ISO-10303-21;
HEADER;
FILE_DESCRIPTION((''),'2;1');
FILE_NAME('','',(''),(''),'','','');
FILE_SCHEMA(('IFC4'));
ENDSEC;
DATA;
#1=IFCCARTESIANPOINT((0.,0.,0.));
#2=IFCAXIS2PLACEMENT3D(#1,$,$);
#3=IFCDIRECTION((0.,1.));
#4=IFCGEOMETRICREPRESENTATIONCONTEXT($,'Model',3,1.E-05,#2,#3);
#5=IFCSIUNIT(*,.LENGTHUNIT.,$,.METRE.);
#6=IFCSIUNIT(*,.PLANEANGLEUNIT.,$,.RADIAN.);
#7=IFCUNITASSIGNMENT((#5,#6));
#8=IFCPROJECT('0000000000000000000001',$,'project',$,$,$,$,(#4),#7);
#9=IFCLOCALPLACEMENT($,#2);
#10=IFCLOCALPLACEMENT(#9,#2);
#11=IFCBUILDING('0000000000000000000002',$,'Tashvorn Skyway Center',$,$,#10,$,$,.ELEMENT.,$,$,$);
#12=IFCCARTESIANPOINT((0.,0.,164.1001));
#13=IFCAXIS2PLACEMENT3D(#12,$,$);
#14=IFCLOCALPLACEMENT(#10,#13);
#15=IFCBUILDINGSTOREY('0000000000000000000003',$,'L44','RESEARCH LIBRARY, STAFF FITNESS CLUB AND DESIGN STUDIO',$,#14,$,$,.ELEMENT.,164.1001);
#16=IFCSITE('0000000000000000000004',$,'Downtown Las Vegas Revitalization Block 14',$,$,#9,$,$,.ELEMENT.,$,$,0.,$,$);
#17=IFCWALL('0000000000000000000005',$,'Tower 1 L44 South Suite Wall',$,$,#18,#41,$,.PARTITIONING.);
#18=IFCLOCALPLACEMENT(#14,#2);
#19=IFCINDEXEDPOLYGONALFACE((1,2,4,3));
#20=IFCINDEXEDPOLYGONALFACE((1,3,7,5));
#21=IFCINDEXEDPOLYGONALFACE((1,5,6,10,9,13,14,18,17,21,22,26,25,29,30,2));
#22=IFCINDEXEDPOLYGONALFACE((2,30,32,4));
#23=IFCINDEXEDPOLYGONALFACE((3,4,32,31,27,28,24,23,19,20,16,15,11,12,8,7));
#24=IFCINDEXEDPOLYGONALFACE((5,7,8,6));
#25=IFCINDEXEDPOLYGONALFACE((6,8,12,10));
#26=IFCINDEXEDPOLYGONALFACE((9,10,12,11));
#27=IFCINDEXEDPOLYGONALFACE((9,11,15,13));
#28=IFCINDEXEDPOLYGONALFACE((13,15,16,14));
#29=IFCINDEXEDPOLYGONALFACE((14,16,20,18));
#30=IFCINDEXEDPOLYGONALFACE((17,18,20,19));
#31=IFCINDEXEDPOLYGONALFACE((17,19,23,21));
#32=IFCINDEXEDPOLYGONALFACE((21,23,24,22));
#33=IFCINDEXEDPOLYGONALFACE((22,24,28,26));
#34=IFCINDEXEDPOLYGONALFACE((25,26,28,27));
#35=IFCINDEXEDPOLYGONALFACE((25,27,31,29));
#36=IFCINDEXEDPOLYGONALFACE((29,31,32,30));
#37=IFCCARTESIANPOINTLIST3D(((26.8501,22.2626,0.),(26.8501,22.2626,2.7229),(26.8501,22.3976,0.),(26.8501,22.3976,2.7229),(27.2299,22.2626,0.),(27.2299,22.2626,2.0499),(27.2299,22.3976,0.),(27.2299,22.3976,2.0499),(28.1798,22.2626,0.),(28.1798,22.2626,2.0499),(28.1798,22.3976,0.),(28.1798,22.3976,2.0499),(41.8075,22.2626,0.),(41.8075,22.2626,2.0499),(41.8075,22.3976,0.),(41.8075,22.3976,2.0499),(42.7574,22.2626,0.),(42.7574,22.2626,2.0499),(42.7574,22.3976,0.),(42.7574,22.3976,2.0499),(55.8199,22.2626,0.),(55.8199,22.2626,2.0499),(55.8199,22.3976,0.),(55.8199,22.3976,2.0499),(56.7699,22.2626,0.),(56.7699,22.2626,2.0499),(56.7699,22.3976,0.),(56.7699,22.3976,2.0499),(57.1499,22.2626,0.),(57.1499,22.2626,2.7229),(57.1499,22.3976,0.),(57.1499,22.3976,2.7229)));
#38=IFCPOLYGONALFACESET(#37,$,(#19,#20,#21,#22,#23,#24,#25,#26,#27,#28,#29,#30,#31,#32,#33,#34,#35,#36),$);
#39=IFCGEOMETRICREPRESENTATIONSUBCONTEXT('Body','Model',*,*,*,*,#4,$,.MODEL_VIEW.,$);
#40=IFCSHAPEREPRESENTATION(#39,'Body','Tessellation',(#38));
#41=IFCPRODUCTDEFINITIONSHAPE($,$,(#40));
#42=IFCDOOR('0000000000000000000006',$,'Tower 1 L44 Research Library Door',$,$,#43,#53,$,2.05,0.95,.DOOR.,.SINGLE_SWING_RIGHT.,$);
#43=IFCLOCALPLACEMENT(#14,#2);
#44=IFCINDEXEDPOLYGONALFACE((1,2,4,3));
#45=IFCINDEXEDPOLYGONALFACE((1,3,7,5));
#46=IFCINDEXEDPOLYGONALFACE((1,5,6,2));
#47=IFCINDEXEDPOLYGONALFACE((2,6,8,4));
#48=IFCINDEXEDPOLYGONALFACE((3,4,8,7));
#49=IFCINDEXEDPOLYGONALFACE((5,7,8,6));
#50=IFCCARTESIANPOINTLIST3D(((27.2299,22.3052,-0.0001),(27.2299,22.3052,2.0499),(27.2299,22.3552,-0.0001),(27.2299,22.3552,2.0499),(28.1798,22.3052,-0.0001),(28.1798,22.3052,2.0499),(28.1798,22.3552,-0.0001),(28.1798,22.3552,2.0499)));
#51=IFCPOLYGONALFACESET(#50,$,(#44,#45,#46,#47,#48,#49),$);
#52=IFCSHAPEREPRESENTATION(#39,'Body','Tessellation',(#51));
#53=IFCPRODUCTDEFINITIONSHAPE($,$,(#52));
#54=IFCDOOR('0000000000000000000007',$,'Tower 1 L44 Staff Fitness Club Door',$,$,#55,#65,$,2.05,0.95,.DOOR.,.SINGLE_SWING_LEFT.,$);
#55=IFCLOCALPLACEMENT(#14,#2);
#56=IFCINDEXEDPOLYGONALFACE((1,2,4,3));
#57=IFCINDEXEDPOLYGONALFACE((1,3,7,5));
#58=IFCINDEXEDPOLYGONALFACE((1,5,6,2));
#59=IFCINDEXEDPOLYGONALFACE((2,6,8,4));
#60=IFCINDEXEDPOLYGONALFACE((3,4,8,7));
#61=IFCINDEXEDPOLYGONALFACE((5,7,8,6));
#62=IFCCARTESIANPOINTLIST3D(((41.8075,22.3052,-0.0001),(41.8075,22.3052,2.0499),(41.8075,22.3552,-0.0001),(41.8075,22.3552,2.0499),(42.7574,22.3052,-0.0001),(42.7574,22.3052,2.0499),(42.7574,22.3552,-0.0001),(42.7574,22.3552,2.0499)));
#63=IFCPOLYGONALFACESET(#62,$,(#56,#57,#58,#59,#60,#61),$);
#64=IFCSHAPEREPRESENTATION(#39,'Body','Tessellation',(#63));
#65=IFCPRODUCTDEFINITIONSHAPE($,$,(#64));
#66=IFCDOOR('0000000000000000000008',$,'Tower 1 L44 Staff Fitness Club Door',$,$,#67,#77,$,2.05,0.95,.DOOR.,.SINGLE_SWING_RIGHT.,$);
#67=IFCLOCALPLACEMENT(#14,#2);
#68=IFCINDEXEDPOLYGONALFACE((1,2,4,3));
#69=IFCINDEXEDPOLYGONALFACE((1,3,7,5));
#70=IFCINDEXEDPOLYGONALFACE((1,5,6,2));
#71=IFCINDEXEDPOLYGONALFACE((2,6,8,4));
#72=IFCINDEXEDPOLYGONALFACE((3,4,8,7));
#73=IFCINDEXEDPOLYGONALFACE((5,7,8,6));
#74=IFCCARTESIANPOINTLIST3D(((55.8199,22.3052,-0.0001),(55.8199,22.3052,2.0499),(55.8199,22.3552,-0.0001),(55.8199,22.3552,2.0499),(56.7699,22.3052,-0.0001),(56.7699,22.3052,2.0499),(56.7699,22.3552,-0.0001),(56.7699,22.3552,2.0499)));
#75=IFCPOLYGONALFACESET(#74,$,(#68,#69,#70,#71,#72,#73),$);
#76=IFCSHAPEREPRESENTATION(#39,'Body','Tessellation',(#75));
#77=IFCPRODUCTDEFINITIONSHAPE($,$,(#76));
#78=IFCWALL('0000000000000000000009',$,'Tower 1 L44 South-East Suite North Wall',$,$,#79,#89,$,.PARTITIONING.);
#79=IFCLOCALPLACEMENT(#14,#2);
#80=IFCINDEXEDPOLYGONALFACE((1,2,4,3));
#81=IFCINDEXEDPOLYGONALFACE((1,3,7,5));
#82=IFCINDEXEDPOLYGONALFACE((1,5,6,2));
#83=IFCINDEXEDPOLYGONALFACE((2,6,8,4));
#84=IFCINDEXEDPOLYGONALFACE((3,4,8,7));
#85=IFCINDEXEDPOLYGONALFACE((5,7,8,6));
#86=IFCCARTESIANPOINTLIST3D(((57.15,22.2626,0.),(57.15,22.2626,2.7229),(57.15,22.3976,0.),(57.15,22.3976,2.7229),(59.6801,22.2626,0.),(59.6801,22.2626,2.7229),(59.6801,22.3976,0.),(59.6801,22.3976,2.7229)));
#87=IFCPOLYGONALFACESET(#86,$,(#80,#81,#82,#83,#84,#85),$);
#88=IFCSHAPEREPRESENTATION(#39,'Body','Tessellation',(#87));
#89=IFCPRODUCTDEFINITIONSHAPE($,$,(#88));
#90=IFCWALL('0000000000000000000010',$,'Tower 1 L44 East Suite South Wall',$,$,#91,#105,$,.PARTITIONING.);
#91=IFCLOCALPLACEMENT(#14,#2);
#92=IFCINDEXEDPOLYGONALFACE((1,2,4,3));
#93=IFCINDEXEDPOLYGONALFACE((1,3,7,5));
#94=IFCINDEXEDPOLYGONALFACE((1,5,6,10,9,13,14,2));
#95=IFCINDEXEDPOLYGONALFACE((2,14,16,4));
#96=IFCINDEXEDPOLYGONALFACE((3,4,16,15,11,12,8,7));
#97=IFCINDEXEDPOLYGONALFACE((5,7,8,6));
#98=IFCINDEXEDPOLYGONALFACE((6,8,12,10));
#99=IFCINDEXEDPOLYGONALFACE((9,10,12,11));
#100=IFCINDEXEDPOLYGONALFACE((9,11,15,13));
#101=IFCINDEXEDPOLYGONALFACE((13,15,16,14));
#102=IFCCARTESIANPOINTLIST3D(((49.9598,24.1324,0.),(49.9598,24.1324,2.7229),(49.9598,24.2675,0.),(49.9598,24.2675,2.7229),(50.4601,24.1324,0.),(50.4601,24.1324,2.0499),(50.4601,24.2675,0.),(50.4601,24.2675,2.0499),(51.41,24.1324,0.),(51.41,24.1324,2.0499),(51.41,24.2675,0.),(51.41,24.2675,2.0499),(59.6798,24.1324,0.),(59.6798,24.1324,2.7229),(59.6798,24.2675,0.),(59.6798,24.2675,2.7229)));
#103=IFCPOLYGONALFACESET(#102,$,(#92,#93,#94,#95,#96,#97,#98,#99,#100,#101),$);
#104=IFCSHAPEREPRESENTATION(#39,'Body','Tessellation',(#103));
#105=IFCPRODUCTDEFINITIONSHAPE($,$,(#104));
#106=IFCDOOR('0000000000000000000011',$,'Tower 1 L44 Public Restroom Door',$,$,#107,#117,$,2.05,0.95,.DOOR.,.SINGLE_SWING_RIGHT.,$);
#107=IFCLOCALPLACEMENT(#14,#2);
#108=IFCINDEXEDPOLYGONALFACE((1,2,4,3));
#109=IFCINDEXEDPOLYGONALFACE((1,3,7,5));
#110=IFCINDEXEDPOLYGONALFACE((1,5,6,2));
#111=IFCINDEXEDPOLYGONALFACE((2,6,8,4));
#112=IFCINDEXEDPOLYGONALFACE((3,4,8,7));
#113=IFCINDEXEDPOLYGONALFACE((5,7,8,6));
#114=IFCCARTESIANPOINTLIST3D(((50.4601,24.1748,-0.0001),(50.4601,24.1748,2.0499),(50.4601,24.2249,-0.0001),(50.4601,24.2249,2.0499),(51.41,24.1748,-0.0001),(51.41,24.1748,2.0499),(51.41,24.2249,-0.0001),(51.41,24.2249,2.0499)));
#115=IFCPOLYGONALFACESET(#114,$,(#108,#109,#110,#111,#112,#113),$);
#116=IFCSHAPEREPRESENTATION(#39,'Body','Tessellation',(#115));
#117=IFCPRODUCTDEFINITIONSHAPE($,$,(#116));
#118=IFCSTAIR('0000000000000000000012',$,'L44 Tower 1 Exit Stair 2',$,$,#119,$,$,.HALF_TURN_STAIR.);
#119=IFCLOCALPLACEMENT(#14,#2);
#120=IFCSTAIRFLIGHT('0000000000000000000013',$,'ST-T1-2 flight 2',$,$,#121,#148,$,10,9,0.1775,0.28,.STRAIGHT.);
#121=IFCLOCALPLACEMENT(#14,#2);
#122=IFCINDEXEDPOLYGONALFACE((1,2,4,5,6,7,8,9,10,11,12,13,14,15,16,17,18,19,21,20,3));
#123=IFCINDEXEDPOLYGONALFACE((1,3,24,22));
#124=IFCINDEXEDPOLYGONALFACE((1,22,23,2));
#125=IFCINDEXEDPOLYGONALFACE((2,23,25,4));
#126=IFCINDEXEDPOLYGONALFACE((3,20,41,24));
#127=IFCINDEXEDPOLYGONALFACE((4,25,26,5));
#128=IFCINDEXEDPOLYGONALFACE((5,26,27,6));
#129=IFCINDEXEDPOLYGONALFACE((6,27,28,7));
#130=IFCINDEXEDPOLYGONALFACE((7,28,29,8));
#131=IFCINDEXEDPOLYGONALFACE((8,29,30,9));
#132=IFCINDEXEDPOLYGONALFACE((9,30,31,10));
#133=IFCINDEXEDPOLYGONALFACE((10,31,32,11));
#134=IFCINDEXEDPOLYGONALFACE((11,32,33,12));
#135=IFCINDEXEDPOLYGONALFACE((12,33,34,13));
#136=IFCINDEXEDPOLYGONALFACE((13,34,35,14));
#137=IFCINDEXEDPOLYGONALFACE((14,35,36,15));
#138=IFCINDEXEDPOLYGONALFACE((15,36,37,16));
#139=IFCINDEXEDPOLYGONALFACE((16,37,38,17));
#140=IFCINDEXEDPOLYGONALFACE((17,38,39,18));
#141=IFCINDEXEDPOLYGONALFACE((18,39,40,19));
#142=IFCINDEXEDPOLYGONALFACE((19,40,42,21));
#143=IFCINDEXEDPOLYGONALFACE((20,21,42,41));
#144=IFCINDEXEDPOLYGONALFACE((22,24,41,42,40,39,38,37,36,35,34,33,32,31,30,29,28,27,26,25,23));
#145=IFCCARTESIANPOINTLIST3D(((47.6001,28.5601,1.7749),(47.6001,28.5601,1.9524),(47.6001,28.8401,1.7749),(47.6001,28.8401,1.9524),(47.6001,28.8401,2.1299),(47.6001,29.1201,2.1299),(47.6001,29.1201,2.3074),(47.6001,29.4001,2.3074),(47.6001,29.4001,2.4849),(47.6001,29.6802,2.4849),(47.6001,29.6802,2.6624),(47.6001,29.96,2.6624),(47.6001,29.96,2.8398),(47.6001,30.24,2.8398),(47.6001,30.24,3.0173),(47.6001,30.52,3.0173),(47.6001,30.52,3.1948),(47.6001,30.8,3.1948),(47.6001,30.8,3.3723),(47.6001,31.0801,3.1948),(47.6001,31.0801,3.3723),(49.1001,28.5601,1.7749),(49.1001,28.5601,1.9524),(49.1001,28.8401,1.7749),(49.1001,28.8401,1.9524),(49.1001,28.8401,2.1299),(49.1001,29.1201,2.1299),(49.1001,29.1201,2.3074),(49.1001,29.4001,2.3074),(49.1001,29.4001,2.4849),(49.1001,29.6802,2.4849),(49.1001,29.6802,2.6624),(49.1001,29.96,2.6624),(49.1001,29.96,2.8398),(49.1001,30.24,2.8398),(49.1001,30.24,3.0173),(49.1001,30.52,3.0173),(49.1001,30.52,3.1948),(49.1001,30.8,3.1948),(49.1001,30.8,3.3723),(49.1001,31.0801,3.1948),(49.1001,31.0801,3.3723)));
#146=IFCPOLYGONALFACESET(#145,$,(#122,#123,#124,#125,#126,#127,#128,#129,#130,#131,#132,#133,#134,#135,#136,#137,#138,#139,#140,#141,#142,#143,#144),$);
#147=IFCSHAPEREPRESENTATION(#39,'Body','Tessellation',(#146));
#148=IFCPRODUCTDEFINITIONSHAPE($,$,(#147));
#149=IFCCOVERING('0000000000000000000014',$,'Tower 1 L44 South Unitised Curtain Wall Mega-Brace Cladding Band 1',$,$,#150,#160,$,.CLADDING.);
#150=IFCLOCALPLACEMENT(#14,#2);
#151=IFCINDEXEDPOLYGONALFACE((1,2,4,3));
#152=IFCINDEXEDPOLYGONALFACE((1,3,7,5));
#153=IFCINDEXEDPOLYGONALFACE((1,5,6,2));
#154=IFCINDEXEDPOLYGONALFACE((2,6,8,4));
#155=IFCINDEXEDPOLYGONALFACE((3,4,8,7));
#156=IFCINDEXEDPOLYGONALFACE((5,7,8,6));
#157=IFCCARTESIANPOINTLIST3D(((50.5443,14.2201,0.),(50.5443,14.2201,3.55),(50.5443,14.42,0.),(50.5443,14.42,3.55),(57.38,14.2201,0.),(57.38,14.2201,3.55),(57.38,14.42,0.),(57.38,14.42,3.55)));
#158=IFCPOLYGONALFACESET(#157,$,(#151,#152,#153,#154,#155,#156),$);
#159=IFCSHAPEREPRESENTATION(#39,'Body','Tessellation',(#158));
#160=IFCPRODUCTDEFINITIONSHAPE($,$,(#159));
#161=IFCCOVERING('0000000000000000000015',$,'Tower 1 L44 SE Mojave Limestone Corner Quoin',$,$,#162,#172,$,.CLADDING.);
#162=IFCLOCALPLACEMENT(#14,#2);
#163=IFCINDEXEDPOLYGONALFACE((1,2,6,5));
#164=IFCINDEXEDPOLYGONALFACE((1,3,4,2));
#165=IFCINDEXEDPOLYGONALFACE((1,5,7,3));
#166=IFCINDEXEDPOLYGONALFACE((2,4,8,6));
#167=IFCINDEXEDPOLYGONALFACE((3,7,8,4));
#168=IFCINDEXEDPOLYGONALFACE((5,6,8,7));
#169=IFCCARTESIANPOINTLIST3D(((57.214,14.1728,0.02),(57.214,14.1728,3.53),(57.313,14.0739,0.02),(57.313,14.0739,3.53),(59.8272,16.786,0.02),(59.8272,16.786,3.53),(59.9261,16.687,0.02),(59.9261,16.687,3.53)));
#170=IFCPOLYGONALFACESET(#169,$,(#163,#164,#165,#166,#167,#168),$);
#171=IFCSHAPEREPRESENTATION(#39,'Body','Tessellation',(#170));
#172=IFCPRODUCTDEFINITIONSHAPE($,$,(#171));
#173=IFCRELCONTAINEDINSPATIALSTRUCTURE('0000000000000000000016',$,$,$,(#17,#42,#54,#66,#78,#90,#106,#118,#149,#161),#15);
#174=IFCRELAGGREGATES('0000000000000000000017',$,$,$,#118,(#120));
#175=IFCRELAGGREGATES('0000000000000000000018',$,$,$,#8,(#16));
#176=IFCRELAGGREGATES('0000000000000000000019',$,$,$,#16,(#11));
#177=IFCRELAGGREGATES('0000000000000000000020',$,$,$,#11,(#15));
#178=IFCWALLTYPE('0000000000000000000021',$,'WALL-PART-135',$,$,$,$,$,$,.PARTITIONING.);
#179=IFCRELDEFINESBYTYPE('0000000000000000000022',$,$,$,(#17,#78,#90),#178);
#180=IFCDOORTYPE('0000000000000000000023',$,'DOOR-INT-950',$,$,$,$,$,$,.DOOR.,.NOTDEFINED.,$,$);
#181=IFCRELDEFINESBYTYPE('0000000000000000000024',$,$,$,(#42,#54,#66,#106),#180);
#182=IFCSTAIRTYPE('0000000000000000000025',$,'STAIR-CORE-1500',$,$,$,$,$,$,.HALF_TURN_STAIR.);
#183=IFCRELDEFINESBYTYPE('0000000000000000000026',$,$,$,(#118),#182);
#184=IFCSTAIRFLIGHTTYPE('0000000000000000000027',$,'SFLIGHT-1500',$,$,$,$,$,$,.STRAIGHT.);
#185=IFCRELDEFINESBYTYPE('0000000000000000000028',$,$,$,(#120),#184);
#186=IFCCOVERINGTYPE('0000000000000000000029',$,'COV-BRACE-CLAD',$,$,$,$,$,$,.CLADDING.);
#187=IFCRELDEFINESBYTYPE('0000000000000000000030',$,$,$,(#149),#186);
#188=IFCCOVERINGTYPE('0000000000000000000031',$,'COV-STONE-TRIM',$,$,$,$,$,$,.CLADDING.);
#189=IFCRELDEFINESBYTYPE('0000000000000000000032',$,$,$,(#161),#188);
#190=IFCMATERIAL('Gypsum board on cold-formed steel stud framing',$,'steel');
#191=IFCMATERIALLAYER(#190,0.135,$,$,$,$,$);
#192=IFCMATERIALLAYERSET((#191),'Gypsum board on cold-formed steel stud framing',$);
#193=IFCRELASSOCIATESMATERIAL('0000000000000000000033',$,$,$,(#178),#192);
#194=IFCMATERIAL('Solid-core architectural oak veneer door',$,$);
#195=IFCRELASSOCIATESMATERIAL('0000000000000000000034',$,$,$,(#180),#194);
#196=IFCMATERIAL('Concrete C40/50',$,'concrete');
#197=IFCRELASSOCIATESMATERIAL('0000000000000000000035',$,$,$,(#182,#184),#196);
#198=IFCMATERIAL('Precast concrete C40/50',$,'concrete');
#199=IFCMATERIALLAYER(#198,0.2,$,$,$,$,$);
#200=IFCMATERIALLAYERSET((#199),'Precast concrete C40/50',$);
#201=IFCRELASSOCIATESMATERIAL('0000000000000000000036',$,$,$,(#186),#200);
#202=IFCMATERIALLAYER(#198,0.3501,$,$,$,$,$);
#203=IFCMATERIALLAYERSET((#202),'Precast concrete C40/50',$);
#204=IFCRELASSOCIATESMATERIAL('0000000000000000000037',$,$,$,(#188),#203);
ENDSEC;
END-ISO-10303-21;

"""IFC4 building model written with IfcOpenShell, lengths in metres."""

from ifc_helpers import new_model, si_unit, direction, frame, frame_2d, origin, origin_2d, place, context, subcontext, project, spatial, polyline, rectangle, outline, extrude, material, layer, layer_set, type_object, element, fill, aggregate, save


model = new_model("IFC4")

# Units and contexts
model_context = context("Model", 3, precision=1e-05, world=origin(), true_north=direction((0.0, 1.0)))
body_context = subcontext(model_context, "Body", "Model", "MODEL_VIEW")
ifc_project = project(units=[si_unit("LENGTHUNIT", "METRE"), si_unit("PLANEANGLEUNIT", "RADIAN")], contexts=[model_context])

# Site, building, storey
site_placement = place(None, origin())
site = spatial("IfcSite", under=ifc_project, at=site_placement, Name="Downtown Las Vegas Revitalization Block 14", CompositionType="ELEMENT", RefElevation=0.0)
building_placement = place(site_placement, origin())
building = spatial("IfcBuilding", under=site, at=building_placement, Name="Tashvorn Skyway Center", CompositionType="ELEMENT")
storey_placement = place(building_placement, frame((0.0, 0.0, 164.1001)))
storey = spatial("IfcBuildingStorey", under=building, at=storey_placement, Name="L44", Description="RESEARCH LIBRARY, STAFF FITNESS CLUB AND DESIGN STUDIO", CompositionType="ELEMENT", Elevation=164.1001)

# Wall, openings, doors
ifc_material_1 = material(Name="Gypsum board on cold-formed steel stud framing", Category="steel")
ifc_layer_1 = layer(ifc_material_1, 0.135)
ifc_layer_set_1 = layer_set([ifc_layer_1], Name="Gypsum board on cold-formed steel stud framing")
wall_type_1 = type_object("IfcWallType", Name="WALL-PART-135", PredefinedType="PARTITIONING", material=ifc_layer_set_1)
wall_1_placement = place(storey_placement, frame((57.1499, 22.3301, 0.0), z_axis=(0.0, 0.0, 1.0), x_axis=(-1.0, 0.0, 0.0)))
wall_1 = element("IfcWall", 1, at=wall_1_placement, inside=storey, type_object=wall_type_1, Name="Tower 1 L44 South Suite Wall", PredefinedType="PARTITIONING", context=body_context, shape_type="SweptSolid", body=[
    extrude(rectangle(XDim=30.2998, YDim=0.135, at=frame_2d((15.1499, 0.0))), origin(), (0.0, 0.0, 1.0), 2.7229),
])
opening_1_placement = place(wall_1_placement, frame((28.97, 0.0, 0.0)))
opening_1 = element("IfcOpeningElement", 2, at=opening_1_placement, cuts=wall_1, PredefinedType="OPENING", context=body_context, shape_type="SweptSolid", body=[
    extrude(rectangle(XDim=0.95, YDim=2.05, at=frame_2d((0.4751, 1.0249))), frame((0.0, 0.0774, 0.0), z_axis=(0.0, -1.0, 0.0), x_axis=(1.0, 0.0, 0.0)), (0.0, 0.0, 1.0), 0.155),
])
opening_2_placement = place(wall_1_placement, frame((14.3923, 0.0, 0.0)))
opening_2 = element("IfcOpeningElement", 3, at=opening_2_placement, cuts=wall_1, PredefinedType="OPENING", context=body_context, shape_type="SweptSolid", body=[
    extrude(rectangle(XDim=0.95, YDim=2.05, at=frame_2d((0.4751, 1.0249))), frame((0.0, 0.0774, 0.0), z_axis=(0.0, -1.0, 0.0), x_axis=(1.0, 0.0, 0.0)), (0.0, 0.0, 1.0), 0.155),
])
opening_3_placement = place(wall_1_placement, frame((0.3799, 0.0, 0.0)))
opening_3 = element("IfcOpeningElement", 4, at=opening_3_placement, cuts=wall_1, PredefinedType="OPENING", context=body_context, shape_type="SweptSolid", body=[
    extrude(rectangle(XDim=0.95, YDim=2.05, at=frame_2d((0.4751, 1.0249))), frame((0.0, 0.0774, 0.0), z_axis=(0.0, -1.0, 0.0), x_axis=(1.0, 0.0, 0.0)), (0.0, 0.0, 1.0), 0.155),
])
ifc_material_2 = material(Name="Solid-core architectural oak veneer door")
door_type_1 = type_object("IfcDoorType", Name="DOOR-INT-950", OperationType="NOTDEFINED", PredefinedType="DOOR", material=ifc_material_2)
door_1_placement = place(opening_1_placement, origin())
door_1 = element("IfcDoor", 5, at=door_1_placement, inside=storey, type_object=door_type_1, Name="Tower 1 L44 Research Library Door", OperationType="SINGLE_SWING_RIGHT", OverallHeight=2.05, OverallWidth=0.95, PredefinedType="DOOR", context=body_context, shape_type="SweptSolid", body=[
    extrude(rectangle(XDim=0.95, YDim=2.05, at=frame_2d((0.4751, 1.0249))), frame((0.0, 0.0249, 0.0), z_axis=(0.0, -1.0, 0.0), x_axis=(1.0, 0.0, 0.0)), (0.0, 0.0, 1.0), 0.05),
])
fill(opening_1, door_1)
door_2_placement = place(opening_2_placement, origin())
door_2 = element("IfcDoor", 6, at=door_2_placement, inside=storey, type_object=door_type_1, Name="Tower 1 L44 Staff Fitness Club Door", OperationType="SINGLE_SWING_LEFT", OverallHeight=2.05, OverallWidth=0.95, PredefinedType="DOOR", context=body_context, shape_type="SweptSolid", body=[
    extrude(rectangle(XDim=0.95, YDim=2.05, at=frame_2d((0.4751, 1.0249))), frame((0.0, 0.0249, 0.0), z_axis=(0.0, -1.0, 0.0), x_axis=(1.0, 0.0, 0.0)), (0.0, 0.0, 1.0), 0.05),
])
fill(opening_2, door_2)
door_3_placement = place(opening_3_placement, origin())
door_3 = element("IfcDoor", 7, at=door_3_placement, inside=storey, type_object=door_type_1, Name="Tower 1 L44 Staff Fitness Club Door", OperationType="SINGLE_SWING_RIGHT", OverallHeight=2.05, OverallWidth=0.95, PredefinedType="DOOR", context=body_context, shape_type="SweptSolid", body=[
    extrude(rectangle(XDim=0.95, YDim=2.05, at=frame_2d((0.4751, 1.0249))), frame((0.0, 0.0249, 0.0), z_axis=(0.0, -1.0, 0.0), x_axis=(1.0, 0.0, 0.0)), (0.0, 0.0, 1.0), 0.05),
])
fill(opening_3, door_3)

# Wall
wall_2_placement = place(storey_placement, frame((57.1499, 22.3301, 0.0), z_axis=(0.0, 0.0, 1.0), x_axis=(1.0, 0.0, 0.0)))
element("IfcWall", 8, at=wall_2_placement, inside=storey, type_object=wall_type_1, Name="Tower 1 L44 South-East Suite North Wall", PredefinedType="PARTITIONING", context=body_context, shape_type="SweptSolid", body=[
    extrude(rectangle(XDim=2.53, YDim=0.135, at=frame_2d((1.2651, 0.0))), origin(), (0.0, 0.0, 1.0), 2.7229),
])

# Wall, opening, door
wall_3_placement = place(storey_placement, frame((49.96, 24.2, 0.0), z_axis=(0.0, 0.0, 1.0), x_axis=(1.0, 0.0, 0.0)))
wall_3 = element("IfcWall", 9, at=wall_3_placement, inside=storey, type_object=wall_type_1, Name="Tower 1 L44 East Suite South Wall", PredefinedType="PARTITIONING", context=body_context, shape_type="SweptSolid", body=[
    extrude(rectangle(XDim=9.72, YDim=0.135, at=frame_2d((4.8599, 0.0))), origin(), (0.0, 0.0, 1.0), 2.7229),
])
opening_4_placement = place(wall_3_placement, frame((0.5, 0.0, 0.0)))
opening_4 = element("IfcOpeningElement", 10, at=opening_4_placement, cuts=wall_3, PredefinedType="OPENING", context=body_context, shape_type="SweptSolid", body=[
    extrude(rectangle(XDim=0.95, YDim=2.05, at=frame_2d((0.4751, 1.0249))), frame((0.0, 0.0774, 0.0), z_axis=(0.0, -1.0, 0.0), x_axis=(1.0, 0.0, 0.0)), (0.0, 0.0, 1.0), 0.155),
])
door_4_placement = place(opening_4_placement, origin())
door_4 = element("IfcDoor", 11, at=door_4_placement, inside=storey, type_object=door_type_1, Name="Tower 1 L44 Public Restroom Door", OperationType="SINGLE_SWING_RIGHT", OverallHeight=2.05, OverallWidth=0.95, PredefinedType="DOOR", context=body_context, shape_type="SweptSolid", body=[
    extrude(rectangle(XDim=0.95, YDim=2.05, at=frame_2d((0.4751, 1.0249))), frame((0.0, 0.0249, 0.0), z_axis=(0.0, -1.0, 0.0), x_axis=(1.0, 0.0, 0.0)), (0.0, 0.0, 1.0), 0.05),
])
fill(opening_4, door_4)

# Stair, stair flight
ifc_material_3 = material(Name="Concrete C40/50", Category="concrete")
stair_type = type_object("IfcStairType", Name="STAIR-CORE-1500", PredefinedType="HALF_TURN_STAIR", material=ifc_material_3)
stair_placement = place(storey_placement, origin())
stair = element("IfcStair", 12, at=stair_placement, inside=storey, type_object=stair_type, Name="L44 Tower 1 Exit Stair 2", PredefinedType="HALF_TURN_STAIR")
stair_flight_type = type_object("IfcStairFlightType", Name="SFLIGHT-1500", PredefinedType="STRAIGHT", material=ifc_material_3)
stair_flight_placement = place(storey_placement, frame((48.3501, 28.5601, 1.7749), z_axis=(0.0, 0.0, 1.0), x_axis=(0.0, 1.0, 0.0)))
stair_flight = element("IfcStairFlight", 13, at=stair_flight_placement, type_object=stair_flight_type, Name="ST-T1-2 flight 2", NumberOfRisers=10, NumberOfTreads=9, PredefinedType="STRAIGHT", RiserHeight=0.1775, TreadLength=0.28, context=body_context, shape_type="SweptSolid", body=[
    extrude(outline(polyline([(0.0, 0.0), (0.0, 0.1775), (0.28, 0.1775), (0.28, 0.355), (0.5601, 0.355), (0.5601, 0.5325), (0.8401, 0.5325), (0.8401, 0.71), (1.1201, 0.71), (1.1201, 0.8875), (1.3999, 0.8875), (1.3999, 1.0649), (1.6799, 1.0649), (1.6799, 1.2424), (1.96, 1.2424), (1.96, 1.4199), (2.24, 1.4199), (2.24, 1.5974), (2.52, 1.5974), (2.52, 1.7749), (2.52, 1.4199), (0.28, 0.0), (0.0, 0.0)])), frame((0.0, 0.75, 0.0), z_axis=(0.0, -1.0, 0.0), x_axis=(1.0, 0.0, 0.0)), (0.0, 0.0, 1.0), 1.5),
])
aggregate(stair, [stair_flight])

# Coverings
ifc_material_4 = material(Name="Precast concrete C40/50", Category="concrete")
ifc_layer_2 = layer(ifc_material_4, 0.2)
ifc_layer_set_2 = layer_set([ifc_layer_2], Name="Precast concrete C40/50")
covering_type_1 = type_object("IfcCoveringType", Name="COV-BRACE-CLAD", PredefinedType="CLADDING", material=ifc_layer_set_2)
covering_1_placement = place(storey_placement, frame((53.9622, 14.3201, 0.0), z_axis=(0.0, 0.0, 1.0), x_axis=(-1.0, 0.0, 0.0)))
element("IfcCovering", 14, at=covering_1_placement, inside=storey, type_object=covering_type_1, Name="Tower 1 L44 South Unitised Curtain Wall Mega-Brace Cladding Band 1", PredefinedType="CLADDING", context=body_context, shape_type="SweptSolid", body=[
    extrude(rectangle(XDim=6.8357, YDim=0.2, at=origin_2d()), origin(), (0.0, 0.0, 1.0), 3.55),
])
ifc_layer_3 = layer(ifc_material_4, 0.3501)
ifc_layer_set_3 = layer_set([ifc_layer_3], Name="Precast concrete C40/50")
covering_type_2 = type_object("IfcCoveringType", Name="COV-STONE-TRIM", PredefinedType="CLADDING", material=ifc_layer_set_3)
covering_2_placement = place(storey_placement, frame((58.5701, 15.4299, 0.02), z_axis=(0.0, 0.0, 1.0), x_axis=(0.707107, 0.707107, 0.0)))
element("IfcCovering", 15, at=covering_2_placement, inside=storey, type_object=covering_type_2, Name="Tower 1 L44 SE Mojave Limestone Corner Quoin", PredefinedType="CLADDING", context=body_context, shape_type="SweptSolid", body=[
    extrude(rectangle(XDim=3.6956, YDim=0.1399, at=origin_2d()), origin(), (0.0, 0.0, 1.0), 3.51),
])

save(model, "model.ifc")
